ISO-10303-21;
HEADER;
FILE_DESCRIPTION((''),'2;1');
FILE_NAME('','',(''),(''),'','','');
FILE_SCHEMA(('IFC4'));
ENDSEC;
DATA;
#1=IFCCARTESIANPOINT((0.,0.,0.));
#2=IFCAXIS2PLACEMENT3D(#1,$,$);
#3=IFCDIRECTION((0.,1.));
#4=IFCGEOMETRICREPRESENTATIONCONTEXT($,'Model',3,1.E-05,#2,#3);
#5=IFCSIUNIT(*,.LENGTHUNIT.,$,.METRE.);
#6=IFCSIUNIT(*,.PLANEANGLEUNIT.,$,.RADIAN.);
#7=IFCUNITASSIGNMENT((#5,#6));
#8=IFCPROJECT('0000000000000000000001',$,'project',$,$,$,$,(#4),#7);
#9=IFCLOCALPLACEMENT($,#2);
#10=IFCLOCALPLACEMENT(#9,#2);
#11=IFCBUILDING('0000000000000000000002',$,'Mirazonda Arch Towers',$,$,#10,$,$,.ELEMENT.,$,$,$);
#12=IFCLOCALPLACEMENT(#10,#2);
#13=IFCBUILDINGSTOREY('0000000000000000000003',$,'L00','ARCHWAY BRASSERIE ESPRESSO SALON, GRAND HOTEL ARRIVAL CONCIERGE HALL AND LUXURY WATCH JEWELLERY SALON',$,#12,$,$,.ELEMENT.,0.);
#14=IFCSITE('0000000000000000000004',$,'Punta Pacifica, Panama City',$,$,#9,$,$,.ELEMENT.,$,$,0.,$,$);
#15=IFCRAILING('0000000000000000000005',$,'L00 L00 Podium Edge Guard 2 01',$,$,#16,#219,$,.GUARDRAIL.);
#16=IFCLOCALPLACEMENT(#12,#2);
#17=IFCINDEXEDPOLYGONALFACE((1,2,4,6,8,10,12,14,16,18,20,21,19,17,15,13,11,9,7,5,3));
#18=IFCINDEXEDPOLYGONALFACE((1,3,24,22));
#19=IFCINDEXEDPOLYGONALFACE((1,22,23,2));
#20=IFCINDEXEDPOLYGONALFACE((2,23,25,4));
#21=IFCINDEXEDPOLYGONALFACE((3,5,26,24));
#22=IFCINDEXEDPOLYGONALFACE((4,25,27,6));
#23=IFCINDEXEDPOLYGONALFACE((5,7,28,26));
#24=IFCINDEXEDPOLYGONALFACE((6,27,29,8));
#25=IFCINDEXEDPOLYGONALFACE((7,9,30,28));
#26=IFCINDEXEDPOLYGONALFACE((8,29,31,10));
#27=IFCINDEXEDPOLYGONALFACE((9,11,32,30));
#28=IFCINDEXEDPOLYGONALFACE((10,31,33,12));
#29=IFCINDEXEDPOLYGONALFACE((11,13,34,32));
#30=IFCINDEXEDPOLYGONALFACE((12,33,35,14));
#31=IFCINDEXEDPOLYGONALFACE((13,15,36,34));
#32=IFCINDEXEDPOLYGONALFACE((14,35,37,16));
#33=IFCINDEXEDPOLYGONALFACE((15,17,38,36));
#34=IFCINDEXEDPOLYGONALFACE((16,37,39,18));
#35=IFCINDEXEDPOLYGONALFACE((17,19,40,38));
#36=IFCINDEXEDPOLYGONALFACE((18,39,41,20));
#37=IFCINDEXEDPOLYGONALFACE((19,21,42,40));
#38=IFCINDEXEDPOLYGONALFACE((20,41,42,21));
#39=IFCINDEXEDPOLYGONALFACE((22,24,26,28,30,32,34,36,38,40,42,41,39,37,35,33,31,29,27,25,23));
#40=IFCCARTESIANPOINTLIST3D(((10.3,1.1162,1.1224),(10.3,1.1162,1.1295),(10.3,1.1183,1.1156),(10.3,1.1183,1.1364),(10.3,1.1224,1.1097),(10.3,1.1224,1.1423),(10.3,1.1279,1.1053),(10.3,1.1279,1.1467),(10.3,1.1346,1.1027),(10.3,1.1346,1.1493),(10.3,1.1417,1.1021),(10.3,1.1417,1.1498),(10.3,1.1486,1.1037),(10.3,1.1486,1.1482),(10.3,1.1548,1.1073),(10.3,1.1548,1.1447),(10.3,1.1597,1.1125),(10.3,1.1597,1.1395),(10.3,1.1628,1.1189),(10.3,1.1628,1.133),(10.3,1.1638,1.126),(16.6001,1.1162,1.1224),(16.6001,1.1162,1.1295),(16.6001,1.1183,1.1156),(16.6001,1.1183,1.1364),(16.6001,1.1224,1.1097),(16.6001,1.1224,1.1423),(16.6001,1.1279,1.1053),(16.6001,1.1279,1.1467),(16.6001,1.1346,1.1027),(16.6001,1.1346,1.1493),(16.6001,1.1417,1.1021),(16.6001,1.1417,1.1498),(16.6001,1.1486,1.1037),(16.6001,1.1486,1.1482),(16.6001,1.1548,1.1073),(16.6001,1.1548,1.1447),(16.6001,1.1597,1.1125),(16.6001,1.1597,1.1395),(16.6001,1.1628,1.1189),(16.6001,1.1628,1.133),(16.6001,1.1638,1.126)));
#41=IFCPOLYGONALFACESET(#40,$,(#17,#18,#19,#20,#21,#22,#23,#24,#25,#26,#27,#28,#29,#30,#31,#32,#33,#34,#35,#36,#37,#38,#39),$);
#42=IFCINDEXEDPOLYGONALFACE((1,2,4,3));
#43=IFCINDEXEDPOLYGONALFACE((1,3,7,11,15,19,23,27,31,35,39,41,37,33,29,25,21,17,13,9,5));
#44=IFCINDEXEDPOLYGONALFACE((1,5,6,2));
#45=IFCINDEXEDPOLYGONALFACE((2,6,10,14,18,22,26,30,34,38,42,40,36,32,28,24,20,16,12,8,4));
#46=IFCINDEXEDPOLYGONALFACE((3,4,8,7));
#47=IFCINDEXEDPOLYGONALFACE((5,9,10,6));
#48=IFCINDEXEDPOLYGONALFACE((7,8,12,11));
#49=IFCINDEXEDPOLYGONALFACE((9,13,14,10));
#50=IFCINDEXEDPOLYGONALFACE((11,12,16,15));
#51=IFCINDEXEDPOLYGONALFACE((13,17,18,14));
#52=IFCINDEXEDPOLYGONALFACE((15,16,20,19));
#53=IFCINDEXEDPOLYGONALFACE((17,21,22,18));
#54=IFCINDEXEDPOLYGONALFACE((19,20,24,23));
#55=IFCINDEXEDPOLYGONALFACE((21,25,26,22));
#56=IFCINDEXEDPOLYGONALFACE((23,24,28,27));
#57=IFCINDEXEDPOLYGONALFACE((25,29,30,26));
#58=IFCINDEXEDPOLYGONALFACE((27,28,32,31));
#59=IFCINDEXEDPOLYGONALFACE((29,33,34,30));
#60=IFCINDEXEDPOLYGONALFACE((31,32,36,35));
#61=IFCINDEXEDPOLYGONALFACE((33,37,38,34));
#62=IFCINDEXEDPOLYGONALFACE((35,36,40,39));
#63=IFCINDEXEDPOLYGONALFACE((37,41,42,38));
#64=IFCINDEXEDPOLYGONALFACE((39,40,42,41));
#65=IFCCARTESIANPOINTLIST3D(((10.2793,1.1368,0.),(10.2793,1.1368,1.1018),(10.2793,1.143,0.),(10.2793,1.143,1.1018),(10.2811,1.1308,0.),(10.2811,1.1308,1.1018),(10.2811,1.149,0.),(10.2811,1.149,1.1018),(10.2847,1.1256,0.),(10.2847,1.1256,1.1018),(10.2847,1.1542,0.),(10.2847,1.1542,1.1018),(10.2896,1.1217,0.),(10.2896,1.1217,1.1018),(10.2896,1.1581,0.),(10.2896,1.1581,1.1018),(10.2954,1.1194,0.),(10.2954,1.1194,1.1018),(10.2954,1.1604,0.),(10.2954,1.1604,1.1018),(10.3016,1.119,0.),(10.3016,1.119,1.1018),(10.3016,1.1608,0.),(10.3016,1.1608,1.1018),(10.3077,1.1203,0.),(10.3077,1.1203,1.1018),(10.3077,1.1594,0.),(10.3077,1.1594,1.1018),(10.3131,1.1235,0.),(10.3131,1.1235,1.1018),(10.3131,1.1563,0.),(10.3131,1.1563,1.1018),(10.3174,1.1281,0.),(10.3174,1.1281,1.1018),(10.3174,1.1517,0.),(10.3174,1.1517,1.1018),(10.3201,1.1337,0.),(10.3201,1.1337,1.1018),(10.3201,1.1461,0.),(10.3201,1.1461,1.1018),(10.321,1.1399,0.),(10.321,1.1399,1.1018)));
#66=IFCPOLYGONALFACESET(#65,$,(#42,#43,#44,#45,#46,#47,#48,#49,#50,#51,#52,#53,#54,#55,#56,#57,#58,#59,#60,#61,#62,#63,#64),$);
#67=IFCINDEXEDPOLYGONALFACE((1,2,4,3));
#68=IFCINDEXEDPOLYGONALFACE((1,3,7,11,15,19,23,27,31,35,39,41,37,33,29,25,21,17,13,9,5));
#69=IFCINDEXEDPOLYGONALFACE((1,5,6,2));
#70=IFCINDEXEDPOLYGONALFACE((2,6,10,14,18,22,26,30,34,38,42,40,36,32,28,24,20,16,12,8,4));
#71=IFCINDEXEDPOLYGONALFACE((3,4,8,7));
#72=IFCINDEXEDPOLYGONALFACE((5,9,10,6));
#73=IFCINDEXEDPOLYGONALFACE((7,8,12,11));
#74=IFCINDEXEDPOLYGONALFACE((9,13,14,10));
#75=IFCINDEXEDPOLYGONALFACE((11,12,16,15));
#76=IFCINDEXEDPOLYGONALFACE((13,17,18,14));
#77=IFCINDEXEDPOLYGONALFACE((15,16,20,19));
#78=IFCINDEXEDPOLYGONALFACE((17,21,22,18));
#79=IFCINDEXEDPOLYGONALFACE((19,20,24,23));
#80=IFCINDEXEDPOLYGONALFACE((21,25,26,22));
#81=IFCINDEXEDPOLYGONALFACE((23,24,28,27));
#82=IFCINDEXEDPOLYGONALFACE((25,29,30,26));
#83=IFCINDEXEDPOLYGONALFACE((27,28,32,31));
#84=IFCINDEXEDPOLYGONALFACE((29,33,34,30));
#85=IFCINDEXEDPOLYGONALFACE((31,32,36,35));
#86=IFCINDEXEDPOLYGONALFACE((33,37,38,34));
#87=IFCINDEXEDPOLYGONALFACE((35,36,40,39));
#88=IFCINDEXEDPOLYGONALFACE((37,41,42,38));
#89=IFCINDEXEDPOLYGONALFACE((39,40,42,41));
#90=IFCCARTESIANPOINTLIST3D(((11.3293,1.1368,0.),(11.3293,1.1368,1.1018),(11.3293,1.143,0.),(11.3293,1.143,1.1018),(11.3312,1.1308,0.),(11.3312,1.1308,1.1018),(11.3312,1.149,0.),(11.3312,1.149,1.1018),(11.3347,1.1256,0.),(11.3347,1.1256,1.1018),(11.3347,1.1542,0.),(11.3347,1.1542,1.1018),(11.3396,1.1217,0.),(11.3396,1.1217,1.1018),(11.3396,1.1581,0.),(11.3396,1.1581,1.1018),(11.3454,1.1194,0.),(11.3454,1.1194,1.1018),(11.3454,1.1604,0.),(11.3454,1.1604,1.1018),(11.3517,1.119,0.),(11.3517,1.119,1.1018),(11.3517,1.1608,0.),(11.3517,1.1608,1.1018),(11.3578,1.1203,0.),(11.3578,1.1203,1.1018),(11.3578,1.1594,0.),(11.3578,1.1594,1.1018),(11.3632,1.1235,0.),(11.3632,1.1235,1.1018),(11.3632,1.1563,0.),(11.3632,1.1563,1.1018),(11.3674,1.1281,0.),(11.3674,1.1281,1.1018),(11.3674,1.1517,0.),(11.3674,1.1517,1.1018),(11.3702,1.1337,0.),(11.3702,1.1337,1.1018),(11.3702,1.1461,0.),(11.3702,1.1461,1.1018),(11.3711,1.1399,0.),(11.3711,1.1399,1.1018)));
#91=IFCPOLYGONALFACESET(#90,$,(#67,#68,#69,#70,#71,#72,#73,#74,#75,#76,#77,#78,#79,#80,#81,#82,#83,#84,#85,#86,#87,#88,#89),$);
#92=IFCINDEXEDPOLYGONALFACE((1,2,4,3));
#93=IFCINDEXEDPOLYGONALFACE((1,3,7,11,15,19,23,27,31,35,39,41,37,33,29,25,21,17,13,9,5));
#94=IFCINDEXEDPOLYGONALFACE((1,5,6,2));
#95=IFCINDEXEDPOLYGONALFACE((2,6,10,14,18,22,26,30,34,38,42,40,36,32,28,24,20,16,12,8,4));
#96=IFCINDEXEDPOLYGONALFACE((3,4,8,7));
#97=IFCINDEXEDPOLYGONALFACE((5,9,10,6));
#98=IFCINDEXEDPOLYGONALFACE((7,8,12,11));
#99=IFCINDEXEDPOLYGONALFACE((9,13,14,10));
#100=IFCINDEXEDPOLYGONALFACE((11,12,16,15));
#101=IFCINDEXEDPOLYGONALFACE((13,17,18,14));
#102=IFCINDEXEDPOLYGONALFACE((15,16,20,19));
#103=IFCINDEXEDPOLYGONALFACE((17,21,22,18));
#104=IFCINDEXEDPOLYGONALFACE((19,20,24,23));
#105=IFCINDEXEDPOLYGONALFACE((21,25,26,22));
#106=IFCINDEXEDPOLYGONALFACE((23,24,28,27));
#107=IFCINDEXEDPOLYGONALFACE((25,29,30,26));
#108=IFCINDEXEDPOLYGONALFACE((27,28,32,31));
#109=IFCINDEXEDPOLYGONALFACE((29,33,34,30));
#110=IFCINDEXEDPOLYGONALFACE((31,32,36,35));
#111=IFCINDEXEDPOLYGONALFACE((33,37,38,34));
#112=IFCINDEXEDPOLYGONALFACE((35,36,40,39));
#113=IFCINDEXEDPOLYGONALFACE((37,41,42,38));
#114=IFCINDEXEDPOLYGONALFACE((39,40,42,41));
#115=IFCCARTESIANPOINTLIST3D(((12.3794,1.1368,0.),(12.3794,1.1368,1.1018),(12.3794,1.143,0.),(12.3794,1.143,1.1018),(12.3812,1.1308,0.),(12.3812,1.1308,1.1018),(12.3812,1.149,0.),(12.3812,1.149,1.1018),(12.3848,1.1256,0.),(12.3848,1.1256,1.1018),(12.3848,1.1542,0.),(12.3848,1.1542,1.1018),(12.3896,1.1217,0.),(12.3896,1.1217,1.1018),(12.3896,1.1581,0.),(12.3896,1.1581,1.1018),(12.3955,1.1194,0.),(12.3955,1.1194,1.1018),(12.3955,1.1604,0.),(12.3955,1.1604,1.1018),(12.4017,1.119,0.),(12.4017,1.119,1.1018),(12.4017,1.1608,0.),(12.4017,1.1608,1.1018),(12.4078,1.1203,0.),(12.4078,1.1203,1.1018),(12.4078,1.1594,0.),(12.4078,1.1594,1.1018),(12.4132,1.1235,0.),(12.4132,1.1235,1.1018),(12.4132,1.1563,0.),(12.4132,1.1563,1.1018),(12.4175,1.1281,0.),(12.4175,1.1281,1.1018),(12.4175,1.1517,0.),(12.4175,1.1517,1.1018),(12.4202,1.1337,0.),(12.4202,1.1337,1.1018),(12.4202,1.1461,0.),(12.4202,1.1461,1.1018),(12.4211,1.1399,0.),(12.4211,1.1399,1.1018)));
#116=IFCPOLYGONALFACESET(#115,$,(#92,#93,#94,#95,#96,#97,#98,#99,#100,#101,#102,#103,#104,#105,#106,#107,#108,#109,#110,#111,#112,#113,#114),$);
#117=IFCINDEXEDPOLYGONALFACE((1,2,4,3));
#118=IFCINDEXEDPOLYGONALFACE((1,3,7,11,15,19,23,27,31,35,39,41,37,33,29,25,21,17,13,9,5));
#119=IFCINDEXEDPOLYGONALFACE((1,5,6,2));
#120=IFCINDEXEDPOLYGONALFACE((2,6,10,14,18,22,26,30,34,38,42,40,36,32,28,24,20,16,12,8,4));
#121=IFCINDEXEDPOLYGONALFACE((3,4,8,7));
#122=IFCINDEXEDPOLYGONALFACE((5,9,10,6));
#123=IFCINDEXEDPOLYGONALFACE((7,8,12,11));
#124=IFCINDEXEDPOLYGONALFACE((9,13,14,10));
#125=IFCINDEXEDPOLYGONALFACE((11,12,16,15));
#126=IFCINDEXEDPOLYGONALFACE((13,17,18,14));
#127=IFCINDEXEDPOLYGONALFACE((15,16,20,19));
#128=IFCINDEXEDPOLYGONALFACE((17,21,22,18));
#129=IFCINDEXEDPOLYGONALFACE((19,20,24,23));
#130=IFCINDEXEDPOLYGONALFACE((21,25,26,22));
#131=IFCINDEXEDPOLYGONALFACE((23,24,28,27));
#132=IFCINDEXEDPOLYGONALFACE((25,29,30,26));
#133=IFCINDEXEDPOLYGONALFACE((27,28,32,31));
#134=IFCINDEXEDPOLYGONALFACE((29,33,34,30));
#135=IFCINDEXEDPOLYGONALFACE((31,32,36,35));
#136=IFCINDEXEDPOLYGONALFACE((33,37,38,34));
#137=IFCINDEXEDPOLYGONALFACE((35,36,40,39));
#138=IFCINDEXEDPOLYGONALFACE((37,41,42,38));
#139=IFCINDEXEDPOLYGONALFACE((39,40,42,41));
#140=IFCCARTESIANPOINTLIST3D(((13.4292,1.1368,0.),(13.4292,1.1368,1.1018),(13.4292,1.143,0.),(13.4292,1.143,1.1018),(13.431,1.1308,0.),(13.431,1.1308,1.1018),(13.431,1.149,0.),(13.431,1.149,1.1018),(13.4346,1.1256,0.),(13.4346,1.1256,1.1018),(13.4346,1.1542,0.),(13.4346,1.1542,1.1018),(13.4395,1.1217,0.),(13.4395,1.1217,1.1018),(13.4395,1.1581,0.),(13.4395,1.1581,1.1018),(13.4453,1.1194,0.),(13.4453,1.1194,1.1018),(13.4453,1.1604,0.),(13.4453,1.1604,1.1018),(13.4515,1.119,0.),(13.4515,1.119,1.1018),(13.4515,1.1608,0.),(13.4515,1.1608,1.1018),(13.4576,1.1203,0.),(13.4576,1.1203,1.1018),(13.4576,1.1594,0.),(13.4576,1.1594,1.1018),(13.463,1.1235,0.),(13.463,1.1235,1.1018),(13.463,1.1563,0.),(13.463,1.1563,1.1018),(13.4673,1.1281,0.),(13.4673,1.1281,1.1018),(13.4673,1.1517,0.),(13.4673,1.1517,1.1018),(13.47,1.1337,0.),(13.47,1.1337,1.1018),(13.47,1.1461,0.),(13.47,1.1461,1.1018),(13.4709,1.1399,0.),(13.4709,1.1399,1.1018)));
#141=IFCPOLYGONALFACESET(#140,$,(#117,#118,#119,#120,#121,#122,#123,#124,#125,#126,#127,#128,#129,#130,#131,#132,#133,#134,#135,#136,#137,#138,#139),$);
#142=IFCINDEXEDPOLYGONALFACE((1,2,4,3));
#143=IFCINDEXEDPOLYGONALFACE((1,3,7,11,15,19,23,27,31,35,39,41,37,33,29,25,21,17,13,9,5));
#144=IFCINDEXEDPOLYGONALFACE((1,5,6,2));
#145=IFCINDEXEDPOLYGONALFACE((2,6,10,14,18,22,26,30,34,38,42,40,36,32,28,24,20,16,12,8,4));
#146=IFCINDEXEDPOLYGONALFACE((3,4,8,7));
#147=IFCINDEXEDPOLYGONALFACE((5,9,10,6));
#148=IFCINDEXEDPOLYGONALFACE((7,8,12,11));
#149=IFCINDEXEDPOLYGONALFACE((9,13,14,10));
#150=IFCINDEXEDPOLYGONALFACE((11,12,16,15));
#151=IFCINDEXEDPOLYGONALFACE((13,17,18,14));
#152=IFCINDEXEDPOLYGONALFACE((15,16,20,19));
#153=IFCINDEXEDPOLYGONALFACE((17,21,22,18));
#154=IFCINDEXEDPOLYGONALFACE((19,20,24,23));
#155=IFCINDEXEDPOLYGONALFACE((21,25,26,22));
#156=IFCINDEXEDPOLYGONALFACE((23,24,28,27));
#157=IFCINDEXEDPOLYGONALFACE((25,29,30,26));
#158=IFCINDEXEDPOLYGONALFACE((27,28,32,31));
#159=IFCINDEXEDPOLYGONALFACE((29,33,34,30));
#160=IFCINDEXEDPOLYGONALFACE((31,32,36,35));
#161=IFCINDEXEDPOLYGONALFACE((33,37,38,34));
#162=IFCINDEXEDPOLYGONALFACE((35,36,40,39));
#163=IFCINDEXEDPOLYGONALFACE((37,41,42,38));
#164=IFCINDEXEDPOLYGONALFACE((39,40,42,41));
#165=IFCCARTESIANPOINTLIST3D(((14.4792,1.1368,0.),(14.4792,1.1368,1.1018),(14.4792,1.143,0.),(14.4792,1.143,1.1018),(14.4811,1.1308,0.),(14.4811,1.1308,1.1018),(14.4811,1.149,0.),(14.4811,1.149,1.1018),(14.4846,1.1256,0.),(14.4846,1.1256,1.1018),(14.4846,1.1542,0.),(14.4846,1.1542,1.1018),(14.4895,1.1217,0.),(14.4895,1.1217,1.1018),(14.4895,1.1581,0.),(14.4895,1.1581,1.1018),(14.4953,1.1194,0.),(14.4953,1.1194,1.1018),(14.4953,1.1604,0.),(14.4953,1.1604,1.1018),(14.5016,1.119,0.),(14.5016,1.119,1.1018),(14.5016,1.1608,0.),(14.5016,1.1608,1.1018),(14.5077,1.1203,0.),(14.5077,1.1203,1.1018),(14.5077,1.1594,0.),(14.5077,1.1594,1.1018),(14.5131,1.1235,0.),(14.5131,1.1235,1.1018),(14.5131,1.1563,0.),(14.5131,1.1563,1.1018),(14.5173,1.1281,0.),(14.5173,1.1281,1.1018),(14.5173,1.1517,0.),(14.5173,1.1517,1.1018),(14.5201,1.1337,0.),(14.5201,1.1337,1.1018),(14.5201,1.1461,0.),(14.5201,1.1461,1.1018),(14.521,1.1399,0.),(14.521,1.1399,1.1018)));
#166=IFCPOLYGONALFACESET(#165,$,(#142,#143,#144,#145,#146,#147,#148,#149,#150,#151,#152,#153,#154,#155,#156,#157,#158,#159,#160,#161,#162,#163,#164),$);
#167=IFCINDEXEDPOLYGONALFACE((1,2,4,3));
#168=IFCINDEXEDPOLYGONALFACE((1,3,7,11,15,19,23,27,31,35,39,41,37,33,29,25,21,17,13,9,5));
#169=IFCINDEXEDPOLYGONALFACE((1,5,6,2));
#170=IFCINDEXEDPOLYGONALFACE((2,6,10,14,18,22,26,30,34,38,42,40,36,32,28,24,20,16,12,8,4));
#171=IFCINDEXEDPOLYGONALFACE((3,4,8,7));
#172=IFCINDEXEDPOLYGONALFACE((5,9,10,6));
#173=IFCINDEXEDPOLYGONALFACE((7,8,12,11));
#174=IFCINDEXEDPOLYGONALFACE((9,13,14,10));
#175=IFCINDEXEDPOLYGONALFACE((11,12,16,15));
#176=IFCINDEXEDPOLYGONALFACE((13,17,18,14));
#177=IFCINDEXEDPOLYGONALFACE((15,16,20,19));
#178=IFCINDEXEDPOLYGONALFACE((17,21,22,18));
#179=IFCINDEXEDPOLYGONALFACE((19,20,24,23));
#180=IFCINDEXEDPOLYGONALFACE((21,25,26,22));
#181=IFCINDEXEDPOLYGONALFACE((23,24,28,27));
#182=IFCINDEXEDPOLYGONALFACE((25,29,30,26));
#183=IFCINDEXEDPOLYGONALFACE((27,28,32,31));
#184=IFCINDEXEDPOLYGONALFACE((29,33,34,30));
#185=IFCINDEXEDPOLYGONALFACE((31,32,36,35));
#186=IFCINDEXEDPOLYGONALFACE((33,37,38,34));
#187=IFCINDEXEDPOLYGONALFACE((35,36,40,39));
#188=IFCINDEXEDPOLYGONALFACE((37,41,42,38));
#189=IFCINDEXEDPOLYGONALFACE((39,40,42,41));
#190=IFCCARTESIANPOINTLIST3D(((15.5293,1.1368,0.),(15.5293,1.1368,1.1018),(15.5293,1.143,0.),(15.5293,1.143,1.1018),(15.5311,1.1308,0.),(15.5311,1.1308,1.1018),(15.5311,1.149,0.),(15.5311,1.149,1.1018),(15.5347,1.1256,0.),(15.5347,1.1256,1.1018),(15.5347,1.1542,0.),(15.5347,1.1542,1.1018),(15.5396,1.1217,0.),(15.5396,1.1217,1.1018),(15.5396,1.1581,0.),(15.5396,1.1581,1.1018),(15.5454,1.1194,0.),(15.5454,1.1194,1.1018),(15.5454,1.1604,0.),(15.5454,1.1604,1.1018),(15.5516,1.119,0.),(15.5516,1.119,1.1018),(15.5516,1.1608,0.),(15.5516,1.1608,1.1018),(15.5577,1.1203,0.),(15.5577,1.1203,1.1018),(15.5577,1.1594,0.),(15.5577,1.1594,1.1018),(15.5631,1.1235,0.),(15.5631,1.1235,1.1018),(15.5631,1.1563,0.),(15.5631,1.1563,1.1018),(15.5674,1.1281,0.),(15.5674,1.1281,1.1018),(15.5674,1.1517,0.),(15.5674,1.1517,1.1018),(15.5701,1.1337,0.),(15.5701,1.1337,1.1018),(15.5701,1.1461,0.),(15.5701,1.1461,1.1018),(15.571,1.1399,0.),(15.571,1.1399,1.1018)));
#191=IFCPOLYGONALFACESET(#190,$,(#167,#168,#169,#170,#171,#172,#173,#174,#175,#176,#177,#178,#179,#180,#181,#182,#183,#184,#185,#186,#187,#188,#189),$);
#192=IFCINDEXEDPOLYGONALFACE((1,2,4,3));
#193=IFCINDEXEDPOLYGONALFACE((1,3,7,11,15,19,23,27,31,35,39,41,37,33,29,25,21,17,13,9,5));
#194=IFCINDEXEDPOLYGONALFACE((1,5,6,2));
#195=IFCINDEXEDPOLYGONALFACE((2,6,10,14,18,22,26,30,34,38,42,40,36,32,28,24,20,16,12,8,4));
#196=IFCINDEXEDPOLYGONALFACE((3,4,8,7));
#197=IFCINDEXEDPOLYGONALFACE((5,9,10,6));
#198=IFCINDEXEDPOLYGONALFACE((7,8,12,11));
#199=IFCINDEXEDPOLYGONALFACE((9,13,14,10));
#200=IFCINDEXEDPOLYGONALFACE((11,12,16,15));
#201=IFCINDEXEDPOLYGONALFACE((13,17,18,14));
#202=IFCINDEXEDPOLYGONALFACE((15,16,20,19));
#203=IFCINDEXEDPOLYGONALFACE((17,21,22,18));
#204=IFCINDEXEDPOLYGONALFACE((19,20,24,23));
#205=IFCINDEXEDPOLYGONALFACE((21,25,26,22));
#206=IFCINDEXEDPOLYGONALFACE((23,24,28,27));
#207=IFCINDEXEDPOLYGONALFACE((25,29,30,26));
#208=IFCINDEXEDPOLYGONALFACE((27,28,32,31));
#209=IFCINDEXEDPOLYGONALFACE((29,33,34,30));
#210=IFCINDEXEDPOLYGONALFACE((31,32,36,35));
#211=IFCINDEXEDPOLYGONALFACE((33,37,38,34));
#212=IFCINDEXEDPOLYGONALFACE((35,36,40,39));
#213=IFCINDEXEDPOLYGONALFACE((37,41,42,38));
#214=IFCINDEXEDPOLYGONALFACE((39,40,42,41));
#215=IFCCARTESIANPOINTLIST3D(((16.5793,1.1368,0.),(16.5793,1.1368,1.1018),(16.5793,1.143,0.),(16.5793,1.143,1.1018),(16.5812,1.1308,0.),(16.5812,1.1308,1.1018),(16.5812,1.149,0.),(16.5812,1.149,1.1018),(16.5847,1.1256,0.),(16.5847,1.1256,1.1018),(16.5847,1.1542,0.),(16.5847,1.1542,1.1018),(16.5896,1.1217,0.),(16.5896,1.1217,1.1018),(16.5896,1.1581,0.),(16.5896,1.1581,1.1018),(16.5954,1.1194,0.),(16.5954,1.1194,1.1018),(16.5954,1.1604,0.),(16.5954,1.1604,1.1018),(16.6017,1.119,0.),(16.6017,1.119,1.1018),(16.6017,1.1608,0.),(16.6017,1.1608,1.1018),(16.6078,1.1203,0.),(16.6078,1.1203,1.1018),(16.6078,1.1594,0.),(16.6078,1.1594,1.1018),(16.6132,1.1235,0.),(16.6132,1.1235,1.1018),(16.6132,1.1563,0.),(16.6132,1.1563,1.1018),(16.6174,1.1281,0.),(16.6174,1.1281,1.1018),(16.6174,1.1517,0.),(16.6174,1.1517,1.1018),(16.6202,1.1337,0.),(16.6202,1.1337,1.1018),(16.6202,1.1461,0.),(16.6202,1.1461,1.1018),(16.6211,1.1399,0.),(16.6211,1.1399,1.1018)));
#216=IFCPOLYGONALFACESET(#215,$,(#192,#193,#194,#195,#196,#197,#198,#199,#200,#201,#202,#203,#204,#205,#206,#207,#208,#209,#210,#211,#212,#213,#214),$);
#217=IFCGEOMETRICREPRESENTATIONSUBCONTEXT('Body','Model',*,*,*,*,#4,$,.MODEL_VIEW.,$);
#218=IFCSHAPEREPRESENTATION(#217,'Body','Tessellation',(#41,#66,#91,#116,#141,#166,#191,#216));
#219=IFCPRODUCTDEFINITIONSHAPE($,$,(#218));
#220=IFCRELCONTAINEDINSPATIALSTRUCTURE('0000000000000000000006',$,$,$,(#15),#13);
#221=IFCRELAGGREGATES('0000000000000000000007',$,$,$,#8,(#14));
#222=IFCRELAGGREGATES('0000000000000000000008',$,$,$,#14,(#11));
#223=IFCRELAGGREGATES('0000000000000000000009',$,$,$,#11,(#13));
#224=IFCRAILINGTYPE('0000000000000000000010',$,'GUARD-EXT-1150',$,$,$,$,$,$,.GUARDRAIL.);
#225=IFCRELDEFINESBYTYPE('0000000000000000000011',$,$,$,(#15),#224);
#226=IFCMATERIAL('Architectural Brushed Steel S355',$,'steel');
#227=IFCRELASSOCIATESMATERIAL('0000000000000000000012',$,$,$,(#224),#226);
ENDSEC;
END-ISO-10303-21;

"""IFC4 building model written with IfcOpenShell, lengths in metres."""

from ifc_helpers import new_model, si_unit, direction, frame, origin, origin_2d, place, context, subcontext, project, spatial, circle, extrude, material, type_object, element, save


model = new_model("IFC4")

# Units and contexts
model_context = context("Model", 3, precision=1e-05, world=origin(), true_north=direction((0.0, 1.0)))
body_context = subcontext(model_context, "Body", "Model", "MODEL_VIEW")
ifc_project = project(units=[si_unit("LENGTHUNIT", "METRE"), si_unit("PLANEANGLEUNIT", "RADIAN")], contexts=[model_context])

# Site, building, storey
site_placement = place(None, origin())
site = spatial("IfcSite", under=ifc_project, at=site_placement, Name="Punta Pacifica, Panama City", CompositionType="ELEMENT", RefElevation=0.0)
building_placement = place(site_placement, origin())
building = spatial("IfcBuilding", under=site, at=building_placement, Name="Mirazonda Arch Towers", CompositionType="ELEMENT")
storey_placement = place(building_placement, origin())
storey = spatial("IfcBuildingStorey", under=building, at=storey_placement, Name="L00", Description="ARCHWAY BRASSERIE ESPRESSO SALON, GRAND HOTEL ARRIVAL CONCIERGE HALL AND LUXURY WATCH JEWELLERY SALON", CompositionType="ELEMENT", Elevation=0.0)

# Shared definitions
ifc_material_1 = material(Name="Architectural Brushed Steel S355", Category="steel")

# Railing
railing_type = type_object("IfcRailingType", Name="GUARD-EXT-1150", PredefinedType="GUARDRAIL", material=ifc_material_1)
railing_1_placement = place(storey_placement, frame((10.3, 1.1399, 0.0)))
element("IfcRailing", 1, at=railing_1_placement, inside=storey, type_object=railing_type, Name="L00 L00 Podium Edge Guard 2 01", PredefinedType="GUARDRAIL", context=body_context, shape_type="SweptSolid", body=[
    extrude(circle(Radius=0.0239, at=origin_2d()), frame((0.0, 0.0, 1.126), z_axis=(1.0, 0.0, 0.0), x_axis=(0.0, 1.0, 0.0)), (0.0, 0.0, 1.0), 6.3),
    extrude(circle(Radius=0.021, at=origin_2d()), origin(), (0.0, 0.0, 1.0), 1.1018),
    extrude(circle(Radius=0.021, at=origin_2d()), frame((1.05, 0.0, 0.0)), (0.0, 0.0, 1.0), 1.1018),
    extrude(circle(Radius=0.021, at=origin_2d()), frame((2.1001, 0.0, 0.0)), (0.0, 0.0, 1.0), 1.1018),
    extrude(circle(Radius=0.021, at=origin_2d()), frame((3.1499, 0.0, 0.0)), (0.0, 0.0, 1.0), 1.1018),
    extrude(circle(Radius=0.021, at=origin_2d()), frame((4.2, 0.0, 0.0)), (0.0, 0.0, 1.0), 1.1018),
    extrude(circle(Radius=0.021, at=origin_2d()), frame((5.25, 0.0, 0.0)), (0.0, 0.0, 1.0), 1.1018),
    extrude(circle(Radius=0.021, at=origin_2d()), frame((6.3, 0.0, 0.0)), (0.0, 0.0, 1.0), 1.1018),
])

save(model, "model.ifc")
